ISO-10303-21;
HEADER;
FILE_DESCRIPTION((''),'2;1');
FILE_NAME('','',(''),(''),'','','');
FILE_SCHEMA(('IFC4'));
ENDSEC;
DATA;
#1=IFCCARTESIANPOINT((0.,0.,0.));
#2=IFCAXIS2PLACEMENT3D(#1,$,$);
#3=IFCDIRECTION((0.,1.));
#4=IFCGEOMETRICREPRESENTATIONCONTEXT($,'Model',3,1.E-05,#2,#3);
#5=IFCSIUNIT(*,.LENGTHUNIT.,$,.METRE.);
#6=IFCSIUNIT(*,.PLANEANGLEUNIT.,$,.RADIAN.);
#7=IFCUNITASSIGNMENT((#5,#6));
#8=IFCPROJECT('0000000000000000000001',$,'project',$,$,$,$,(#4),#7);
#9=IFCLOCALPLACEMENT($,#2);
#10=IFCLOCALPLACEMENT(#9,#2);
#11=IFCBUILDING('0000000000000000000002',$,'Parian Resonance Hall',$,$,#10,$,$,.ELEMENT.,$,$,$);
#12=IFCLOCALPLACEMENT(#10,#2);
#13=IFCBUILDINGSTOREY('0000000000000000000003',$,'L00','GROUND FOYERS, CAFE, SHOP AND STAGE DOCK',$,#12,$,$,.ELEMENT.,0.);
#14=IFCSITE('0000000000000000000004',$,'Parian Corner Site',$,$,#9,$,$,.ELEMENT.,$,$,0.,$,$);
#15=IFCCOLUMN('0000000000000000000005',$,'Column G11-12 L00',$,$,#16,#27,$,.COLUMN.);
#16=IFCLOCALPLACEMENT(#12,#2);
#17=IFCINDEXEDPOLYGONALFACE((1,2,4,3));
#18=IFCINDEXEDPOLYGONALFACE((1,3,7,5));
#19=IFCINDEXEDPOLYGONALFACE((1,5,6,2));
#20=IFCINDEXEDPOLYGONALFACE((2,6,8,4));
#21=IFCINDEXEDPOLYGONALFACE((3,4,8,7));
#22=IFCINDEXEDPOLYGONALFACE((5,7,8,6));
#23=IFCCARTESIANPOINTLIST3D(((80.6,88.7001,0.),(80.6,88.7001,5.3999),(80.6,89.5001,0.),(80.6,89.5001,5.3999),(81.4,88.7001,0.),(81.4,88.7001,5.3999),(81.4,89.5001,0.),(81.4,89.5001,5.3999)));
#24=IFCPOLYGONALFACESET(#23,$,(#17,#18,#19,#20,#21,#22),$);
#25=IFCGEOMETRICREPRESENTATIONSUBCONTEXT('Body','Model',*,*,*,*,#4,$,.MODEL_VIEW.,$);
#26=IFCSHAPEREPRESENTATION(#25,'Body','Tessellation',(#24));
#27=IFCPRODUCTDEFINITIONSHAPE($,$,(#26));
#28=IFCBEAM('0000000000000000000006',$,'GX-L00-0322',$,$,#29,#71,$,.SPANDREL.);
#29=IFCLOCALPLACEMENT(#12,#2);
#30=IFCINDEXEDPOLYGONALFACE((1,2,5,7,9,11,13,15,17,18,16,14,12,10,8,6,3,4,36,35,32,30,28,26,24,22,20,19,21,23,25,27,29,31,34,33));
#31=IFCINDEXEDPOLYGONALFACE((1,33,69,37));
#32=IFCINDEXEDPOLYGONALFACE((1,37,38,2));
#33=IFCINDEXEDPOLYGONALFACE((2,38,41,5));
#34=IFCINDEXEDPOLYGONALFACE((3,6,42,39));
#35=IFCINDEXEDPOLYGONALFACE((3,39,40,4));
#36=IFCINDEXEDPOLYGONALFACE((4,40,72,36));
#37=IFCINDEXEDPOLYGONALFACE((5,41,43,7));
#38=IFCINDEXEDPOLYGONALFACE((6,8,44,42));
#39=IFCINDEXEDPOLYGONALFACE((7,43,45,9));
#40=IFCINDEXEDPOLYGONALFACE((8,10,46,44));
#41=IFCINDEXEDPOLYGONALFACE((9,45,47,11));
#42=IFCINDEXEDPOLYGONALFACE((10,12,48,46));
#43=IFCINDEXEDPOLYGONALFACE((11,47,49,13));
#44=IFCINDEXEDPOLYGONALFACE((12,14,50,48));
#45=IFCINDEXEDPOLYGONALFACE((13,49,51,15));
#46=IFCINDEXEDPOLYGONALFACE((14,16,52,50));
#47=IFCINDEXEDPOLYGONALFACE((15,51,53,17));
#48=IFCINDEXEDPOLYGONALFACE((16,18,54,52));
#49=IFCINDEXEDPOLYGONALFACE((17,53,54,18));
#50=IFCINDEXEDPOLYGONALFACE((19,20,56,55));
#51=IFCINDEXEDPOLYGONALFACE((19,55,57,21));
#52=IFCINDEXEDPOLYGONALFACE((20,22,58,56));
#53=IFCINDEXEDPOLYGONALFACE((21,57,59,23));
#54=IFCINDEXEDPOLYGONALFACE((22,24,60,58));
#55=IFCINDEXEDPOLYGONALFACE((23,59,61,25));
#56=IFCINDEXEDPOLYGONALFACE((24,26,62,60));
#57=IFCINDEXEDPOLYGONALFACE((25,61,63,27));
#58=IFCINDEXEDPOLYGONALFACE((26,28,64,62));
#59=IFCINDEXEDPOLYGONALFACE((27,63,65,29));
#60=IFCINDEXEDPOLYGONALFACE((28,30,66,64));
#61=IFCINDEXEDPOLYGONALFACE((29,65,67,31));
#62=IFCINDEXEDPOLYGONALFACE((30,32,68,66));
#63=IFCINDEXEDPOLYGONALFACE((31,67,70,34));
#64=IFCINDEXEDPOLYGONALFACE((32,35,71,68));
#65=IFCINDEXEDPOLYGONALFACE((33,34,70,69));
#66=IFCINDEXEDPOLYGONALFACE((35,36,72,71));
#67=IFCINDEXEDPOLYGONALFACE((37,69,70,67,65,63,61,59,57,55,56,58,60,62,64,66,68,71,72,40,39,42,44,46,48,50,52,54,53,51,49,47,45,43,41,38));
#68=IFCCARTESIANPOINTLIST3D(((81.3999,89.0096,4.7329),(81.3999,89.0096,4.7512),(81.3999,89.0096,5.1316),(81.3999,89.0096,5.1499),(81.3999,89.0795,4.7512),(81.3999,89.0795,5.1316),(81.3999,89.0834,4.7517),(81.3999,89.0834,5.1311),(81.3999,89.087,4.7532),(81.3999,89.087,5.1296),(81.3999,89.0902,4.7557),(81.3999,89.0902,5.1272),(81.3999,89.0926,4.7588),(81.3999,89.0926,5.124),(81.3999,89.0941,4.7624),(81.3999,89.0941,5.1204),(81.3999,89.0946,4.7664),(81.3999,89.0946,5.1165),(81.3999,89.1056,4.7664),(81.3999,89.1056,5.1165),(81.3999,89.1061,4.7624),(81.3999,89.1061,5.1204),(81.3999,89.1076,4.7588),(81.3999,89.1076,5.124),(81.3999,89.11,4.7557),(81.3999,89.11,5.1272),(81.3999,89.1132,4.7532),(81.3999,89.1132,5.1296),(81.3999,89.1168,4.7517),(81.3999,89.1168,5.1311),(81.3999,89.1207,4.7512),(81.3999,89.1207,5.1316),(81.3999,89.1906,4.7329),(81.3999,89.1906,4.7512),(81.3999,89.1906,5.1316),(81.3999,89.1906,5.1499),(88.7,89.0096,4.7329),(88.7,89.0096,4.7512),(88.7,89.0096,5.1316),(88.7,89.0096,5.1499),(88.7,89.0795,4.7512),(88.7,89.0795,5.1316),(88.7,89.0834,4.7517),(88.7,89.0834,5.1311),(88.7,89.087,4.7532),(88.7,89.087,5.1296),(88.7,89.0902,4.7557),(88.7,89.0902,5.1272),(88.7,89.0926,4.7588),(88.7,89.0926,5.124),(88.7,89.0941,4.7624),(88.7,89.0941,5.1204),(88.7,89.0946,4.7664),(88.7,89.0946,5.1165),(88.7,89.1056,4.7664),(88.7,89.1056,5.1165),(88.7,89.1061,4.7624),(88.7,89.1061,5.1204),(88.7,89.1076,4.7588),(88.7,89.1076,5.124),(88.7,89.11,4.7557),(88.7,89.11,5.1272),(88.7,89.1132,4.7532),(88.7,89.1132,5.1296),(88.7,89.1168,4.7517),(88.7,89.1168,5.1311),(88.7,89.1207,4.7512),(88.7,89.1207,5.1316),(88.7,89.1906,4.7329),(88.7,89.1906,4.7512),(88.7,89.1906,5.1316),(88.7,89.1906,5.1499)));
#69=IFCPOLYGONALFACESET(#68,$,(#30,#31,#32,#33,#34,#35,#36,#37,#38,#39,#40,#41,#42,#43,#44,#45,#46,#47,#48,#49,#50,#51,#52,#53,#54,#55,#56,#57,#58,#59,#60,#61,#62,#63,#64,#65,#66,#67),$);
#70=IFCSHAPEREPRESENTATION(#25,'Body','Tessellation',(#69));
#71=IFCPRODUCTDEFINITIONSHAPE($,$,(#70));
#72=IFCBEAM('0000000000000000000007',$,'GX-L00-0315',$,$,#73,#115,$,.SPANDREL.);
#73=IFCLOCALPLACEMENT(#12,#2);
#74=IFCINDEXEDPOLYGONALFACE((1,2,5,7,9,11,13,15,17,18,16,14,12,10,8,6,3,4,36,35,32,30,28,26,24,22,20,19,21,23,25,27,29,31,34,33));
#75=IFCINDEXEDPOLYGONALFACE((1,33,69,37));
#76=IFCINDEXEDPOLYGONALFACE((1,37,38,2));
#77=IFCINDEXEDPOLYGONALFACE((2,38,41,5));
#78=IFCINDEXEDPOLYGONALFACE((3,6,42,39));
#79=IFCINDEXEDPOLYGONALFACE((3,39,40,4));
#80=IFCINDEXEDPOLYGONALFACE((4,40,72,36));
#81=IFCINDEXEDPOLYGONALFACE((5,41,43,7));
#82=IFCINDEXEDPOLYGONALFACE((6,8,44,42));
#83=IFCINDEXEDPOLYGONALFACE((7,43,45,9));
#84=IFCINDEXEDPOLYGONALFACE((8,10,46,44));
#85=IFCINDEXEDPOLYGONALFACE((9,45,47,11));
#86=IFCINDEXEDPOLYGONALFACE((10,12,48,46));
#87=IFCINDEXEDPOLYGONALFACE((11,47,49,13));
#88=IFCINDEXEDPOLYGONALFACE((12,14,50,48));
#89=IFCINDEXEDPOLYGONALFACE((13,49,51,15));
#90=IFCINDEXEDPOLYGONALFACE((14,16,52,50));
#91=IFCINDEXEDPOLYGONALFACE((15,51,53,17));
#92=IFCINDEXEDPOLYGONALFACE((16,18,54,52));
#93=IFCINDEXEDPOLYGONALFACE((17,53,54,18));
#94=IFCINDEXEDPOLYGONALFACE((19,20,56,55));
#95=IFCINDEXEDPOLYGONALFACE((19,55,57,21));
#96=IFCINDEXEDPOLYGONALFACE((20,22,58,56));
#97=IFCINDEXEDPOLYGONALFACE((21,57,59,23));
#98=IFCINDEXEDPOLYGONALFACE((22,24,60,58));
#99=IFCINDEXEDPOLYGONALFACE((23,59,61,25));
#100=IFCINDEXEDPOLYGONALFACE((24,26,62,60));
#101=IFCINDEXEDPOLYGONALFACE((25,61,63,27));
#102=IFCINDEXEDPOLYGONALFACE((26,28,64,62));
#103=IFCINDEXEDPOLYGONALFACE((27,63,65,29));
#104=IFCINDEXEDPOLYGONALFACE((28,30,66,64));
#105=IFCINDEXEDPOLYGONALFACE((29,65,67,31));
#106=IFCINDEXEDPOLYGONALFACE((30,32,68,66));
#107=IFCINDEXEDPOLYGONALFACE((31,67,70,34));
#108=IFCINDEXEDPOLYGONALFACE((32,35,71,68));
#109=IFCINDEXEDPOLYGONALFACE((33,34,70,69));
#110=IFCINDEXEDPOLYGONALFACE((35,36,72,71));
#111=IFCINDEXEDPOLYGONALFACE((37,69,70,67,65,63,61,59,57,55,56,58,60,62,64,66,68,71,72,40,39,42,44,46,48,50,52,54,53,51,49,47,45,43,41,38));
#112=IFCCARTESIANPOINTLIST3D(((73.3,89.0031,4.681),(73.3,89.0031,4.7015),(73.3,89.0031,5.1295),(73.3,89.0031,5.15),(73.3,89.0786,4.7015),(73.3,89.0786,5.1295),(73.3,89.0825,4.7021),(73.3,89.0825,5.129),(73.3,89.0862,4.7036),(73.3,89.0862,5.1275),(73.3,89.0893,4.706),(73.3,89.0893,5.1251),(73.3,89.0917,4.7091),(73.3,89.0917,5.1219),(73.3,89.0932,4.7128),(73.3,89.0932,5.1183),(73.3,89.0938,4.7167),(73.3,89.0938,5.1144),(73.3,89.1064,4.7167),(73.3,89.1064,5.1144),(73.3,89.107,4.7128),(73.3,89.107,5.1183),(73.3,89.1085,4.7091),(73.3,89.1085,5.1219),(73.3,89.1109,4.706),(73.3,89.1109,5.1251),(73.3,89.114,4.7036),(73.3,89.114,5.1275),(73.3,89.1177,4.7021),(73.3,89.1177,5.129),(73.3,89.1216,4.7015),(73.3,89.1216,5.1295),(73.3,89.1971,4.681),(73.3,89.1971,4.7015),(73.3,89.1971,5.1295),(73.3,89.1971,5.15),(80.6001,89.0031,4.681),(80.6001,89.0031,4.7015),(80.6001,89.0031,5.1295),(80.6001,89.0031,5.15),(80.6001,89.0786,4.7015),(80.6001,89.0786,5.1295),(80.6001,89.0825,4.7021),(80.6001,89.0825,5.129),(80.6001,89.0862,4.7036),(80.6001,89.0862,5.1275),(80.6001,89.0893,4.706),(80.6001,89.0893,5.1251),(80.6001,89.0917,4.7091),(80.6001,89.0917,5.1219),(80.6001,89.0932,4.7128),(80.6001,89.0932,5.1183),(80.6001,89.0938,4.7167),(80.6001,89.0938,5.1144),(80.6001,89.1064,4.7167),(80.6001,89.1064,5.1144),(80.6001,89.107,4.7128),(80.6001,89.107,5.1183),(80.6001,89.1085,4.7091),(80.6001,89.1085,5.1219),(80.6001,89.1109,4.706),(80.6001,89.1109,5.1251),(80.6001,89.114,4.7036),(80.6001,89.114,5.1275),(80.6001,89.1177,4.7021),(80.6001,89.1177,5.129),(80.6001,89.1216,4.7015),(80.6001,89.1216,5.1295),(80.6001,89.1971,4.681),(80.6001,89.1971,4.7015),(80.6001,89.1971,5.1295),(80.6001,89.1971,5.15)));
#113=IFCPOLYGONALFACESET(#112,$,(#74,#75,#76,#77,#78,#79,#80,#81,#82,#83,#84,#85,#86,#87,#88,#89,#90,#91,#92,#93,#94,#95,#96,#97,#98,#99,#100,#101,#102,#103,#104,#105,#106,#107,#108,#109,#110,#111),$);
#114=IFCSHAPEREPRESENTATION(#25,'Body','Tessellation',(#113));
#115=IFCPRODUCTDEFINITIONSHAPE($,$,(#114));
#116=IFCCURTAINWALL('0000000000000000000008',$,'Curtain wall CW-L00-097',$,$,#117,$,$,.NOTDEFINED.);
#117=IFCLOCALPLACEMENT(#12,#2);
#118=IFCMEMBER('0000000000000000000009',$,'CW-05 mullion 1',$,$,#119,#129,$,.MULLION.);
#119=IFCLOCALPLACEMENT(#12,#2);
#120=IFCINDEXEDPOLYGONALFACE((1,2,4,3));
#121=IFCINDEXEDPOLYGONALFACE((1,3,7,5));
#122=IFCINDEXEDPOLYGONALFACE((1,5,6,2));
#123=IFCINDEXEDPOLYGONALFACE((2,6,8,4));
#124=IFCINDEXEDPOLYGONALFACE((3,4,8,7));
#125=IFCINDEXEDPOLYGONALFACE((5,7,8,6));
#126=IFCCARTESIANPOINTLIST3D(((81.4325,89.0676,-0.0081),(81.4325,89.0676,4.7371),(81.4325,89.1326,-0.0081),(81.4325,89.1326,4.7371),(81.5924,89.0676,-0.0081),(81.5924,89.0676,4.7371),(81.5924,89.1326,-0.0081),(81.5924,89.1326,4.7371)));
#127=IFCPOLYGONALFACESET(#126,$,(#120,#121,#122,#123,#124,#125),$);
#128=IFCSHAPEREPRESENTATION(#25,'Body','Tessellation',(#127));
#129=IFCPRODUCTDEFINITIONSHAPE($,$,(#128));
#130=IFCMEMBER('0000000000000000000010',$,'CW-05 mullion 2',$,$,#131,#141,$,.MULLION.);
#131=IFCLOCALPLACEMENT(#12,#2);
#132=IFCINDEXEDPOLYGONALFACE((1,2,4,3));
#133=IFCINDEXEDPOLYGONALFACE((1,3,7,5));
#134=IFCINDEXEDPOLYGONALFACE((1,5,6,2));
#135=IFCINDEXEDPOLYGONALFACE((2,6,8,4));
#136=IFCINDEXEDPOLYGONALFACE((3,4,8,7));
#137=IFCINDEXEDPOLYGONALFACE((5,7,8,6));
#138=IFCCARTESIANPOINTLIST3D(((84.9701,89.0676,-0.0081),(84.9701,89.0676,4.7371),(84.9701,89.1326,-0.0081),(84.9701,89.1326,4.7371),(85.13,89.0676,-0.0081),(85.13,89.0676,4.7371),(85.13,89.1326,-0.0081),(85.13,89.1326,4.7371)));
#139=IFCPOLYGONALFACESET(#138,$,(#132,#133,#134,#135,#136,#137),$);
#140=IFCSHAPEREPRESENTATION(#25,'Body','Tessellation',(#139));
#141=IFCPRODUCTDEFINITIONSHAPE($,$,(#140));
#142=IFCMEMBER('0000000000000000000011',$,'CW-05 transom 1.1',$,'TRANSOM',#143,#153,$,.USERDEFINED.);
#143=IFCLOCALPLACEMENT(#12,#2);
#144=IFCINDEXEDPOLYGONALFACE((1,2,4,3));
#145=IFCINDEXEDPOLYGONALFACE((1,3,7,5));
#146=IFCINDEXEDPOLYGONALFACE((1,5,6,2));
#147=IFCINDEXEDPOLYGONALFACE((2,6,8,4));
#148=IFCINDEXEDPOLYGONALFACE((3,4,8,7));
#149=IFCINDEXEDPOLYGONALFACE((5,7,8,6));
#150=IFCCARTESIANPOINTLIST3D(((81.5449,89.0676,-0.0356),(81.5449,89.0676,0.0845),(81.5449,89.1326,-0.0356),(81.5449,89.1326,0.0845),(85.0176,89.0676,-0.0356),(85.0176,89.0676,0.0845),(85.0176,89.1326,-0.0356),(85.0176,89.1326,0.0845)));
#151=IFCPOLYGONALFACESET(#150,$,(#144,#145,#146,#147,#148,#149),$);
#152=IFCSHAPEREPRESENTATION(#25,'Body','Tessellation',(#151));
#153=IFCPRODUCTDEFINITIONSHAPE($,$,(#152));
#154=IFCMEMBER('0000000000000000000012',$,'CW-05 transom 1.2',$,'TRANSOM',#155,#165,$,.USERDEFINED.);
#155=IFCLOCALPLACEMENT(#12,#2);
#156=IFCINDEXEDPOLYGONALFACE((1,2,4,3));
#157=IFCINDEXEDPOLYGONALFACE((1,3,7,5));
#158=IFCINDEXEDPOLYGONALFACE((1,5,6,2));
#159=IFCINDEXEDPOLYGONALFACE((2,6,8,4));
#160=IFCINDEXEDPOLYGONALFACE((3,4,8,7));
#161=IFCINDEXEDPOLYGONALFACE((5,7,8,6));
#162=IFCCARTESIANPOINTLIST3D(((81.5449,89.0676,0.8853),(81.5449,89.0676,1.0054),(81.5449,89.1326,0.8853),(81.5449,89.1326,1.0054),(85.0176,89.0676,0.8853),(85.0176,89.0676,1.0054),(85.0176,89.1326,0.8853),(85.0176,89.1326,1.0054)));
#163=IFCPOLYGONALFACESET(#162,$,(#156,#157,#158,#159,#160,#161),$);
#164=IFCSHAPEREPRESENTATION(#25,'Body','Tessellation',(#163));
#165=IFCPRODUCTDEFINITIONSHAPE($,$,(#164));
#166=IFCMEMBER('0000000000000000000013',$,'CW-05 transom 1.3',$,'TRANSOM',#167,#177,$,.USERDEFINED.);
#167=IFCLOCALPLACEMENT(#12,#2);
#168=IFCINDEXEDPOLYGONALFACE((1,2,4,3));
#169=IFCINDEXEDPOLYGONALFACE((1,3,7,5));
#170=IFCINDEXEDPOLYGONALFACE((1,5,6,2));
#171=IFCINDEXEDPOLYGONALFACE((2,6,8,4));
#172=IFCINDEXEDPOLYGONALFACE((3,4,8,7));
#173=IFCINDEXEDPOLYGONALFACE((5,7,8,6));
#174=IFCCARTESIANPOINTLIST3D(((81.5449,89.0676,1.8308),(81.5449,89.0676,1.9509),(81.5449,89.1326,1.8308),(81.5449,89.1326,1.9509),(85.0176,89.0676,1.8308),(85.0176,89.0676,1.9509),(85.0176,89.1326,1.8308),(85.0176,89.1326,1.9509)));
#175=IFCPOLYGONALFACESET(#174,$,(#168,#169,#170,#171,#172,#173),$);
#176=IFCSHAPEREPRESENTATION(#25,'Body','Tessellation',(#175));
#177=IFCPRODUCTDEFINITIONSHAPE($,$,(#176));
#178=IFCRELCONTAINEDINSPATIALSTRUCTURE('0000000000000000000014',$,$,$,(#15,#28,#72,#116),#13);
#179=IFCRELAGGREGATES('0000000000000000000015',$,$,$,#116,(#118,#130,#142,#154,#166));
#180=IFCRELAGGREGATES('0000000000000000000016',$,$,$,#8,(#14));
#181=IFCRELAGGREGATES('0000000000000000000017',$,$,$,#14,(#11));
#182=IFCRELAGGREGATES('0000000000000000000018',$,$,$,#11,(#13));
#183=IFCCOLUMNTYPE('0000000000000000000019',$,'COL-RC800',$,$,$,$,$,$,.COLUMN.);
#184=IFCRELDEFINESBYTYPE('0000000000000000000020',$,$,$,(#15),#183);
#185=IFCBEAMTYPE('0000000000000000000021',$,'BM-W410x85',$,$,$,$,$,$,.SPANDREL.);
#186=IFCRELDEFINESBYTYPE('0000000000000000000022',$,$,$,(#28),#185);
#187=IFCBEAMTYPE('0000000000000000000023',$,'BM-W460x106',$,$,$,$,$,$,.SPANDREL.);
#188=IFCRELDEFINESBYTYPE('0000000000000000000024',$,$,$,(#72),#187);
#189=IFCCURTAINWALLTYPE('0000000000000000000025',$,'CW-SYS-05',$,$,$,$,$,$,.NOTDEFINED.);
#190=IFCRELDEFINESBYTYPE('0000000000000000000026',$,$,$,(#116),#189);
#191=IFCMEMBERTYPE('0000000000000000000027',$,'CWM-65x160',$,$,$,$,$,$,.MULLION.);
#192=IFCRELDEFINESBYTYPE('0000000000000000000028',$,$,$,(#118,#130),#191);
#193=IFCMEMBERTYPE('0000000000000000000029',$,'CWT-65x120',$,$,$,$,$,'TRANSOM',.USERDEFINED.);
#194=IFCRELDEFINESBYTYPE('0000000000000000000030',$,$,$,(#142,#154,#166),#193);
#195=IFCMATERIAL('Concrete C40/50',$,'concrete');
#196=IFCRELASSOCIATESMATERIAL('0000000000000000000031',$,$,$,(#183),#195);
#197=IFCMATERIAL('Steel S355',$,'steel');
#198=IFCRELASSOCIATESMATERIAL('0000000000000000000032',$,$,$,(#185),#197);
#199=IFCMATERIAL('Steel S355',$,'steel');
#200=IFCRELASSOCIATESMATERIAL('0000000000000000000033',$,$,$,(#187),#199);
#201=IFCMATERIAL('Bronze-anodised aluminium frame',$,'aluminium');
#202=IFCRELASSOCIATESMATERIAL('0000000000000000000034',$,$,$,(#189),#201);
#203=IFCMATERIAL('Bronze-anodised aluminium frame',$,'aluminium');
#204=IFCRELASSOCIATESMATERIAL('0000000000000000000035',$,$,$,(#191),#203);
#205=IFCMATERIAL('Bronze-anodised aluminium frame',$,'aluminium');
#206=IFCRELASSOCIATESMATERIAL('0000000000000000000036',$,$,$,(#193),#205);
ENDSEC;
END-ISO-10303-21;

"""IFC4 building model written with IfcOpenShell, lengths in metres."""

from ifc_helpers import new_model, si_unit, direction, frame, origin, origin_2d, place, context, subcontext, project, spatial, rectangle, i_section, extrude, material, material_profile, profile_set, type_object, element, aggregate, save


model = new_model("IFC4")

# Units and contexts
model_context = context("Model", 3, precision=1e-05, world=origin(), true_north=direction((0.0, 1.0)))
body_context = subcontext(model_context, "Body", "Model", "MODEL_VIEW")
ifc_project = project(units=[si_unit("LENGTHUNIT", "METRE"), si_unit("PLANEANGLEUNIT", "RADIAN")], contexts=[model_context])

# Site, building, storey
site_placement = place(None, origin())
site = spatial("IfcSite", under=ifc_project, at=site_placement, Name="Parian Corner Site", CompositionType="ELEMENT", RefElevation=0.0)
building_placement = place(site_placement, origin())
building = spatial("IfcBuilding", under=site, at=building_placement, Name="Parian Resonance Hall", CompositionType="ELEMENT")
storey_placement = place(building_placement, origin())
storey = spatial("IfcBuildingStorey", under=building, at=storey_placement, Name="L00", Description="GROUND FOYERS, CAFE, SHOP AND STAGE DOCK", CompositionType="ELEMENT", Elevation=0.0)

# Column
ifc_material_1 = material(Name="Concrete C40/50", Category="concrete")
ifc_material_profile_1 = material_profile(ifc_material_1, rectangle(XDim=0.8, YDim=0.8, at=origin_2d()), Name="RC-COL-800x800")
ifc_profile_set_1 = profile_set([ifc_material_profile_1], Name="Concrete C40/50")
column_type = type_object("IfcColumnType", Name="COL-RC800", PredefinedType="COLUMN", material=ifc_profile_set_1)
column_placement = place(storey_placement, frame((81.0, 89.1001, 0.0), z_axis=(0.0, 0.0, 1.0), x_axis=(1.0, 0.0, 0.0)))
element("IfcColumn", 1, at=column_placement, inside=storey, type_object=column_type, Name="Column G11-12 L00", PredefinedType="COLUMN", context=body_context, shape_type="SweptSolid", body=[
    extrude(rectangle(XDim=0.8, YDim=0.8, at=origin_2d()), origin(), (0.0, 0.0, 1.0), 5.3999),
])

# Beams
ifc_material_2 = material(Name="Steel S355", Category="steel")
ifc_material_profile_2 = material_profile(ifc_material_2, i_section(OverallWidth=0.1809, OverallDepth=0.417, WebThickness=0.011, FlangeThickness=0.0183, FilletRadius=0.0151, at=origin_2d()), Name="W410x85")
ifc_profile_set_2 = profile_set([ifc_material_profile_2], Name="Steel S355")
beam_type_1 = type_object("IfcBeamType", Name="BM-W410x85", PredefinedType="SPANDREL", material=ifc_profile_set_2)
beam_1_placement = place(storey_placement, frame((81.3999, 89.1001, 4.9414), z_axis=(1.0, 0.0, 0.0), x_axis=(0.0, 1.0, 0.0)))
element("IfcBeam", 2, at=beam_1_placement, inside=storey, type_object=beam_type_1, Name="GX-L00-0322", PredefinedType="SPANDREL", context=body_context, shape_type="SweptSolid", body=[
    extrude(i_section(OverallWidth=0.1809, OverallDepth=0.417, WebThickness=0.011, FlangeThickness=0.0183, FilletRadius=0.0151, at=origin_2d()), origin(), (0.0, 0.0, 1.0), 7.3),
])
ifc_material_3 = material(Name="Steel S355", Category="steel")
ifc_material_profile_3 = material_profile(ifc_material_3, i_section(OverallWidth=0.1941, OverallDepth=0.469, WebThickness=0.0127, FlangeThickness=0.0205, FilletRadius=0.0151, at=origin_2d()), Name="W460x106")
ifc_profile_set_3 = profile_set([ifc_material_profile_3], Name="Steel S355")
beam_type_2 = type_object("IfcBeamType", Name="BM-W460x106", PredefinedType="SPANDREL", material=ifc_profile_set_3)
beam_2_placement = place(storey_placement, frame((73.3, 89.1001, 4.9155), z_axis=(1.0, 0.0, 0.0), x_axis=(0.0, 1.0, 0.0)))
element("IfcBeam", 3, at=beam_2_placement, inside=storey, type_object=beam_type_2, Name="GX-L00-0315", PredefinedType="SPANDREL", context=body_context, shape_type="SweptSolid", body=[
    extrude(i_section(OverallWidth=0.1941, OverallDepth=0.469, WebThickness=0.0127, FlangeThickness=0.0205, FilletRadius=0.0151, at=origin_2d()), origin(), (0.0, 0.0, 1.0), 7.3),
])

# Curtain wall, members
ifc_material_4 = material(Name="Bronze-anodised aluminium frame", Category="aluminium")
curtain_wall_type = type_object("IfcCurtainWallType", Name="CW-SYS-05", PredefinedType="NOTDEFINED", material=ifc_material_4)
curtain_wall_placement = place(storey_placement, origin())
curtain_wall = element("IfcCurtainWall", 4, at=curtain_wall_placement, inside=storey, type_object=curtain_wall_type, Name="Curtain wall CW-L00-097", PredefinedType="NOTDEFINED")
ifc_material_5 = material(Name="Bronze-anodised aluminium frame", Category="aluminium")
ifc_material_profile_4 = material_profile(ifc_material_5, rectangle(XDim=0.0649, YDim=0.1599, at=origin_2d()), Name="CWM-65x160")
ifc_profile_set_4 = profile_set([ifc_material_profile_4], Name="Bronze-anodised aluminium frame")
member_type_1 = type_object("IfcMemberType", Name="CWM-65x160", PredefinedType="MULLION", material=ifc_profile_set_4)
member_1_placement = place(storey_placement, frame((81.5125, 89.1001, -0.0081), z_axis=(0.0, 0.0, 1.0), x_axis=(0.0, 1.0, 0.0)))
member_1 = element("IfcMember", 5, at=member_1_placement, type_object=member_type_1, Name="CW-05 mullion 1", PredefinedType="MULLION", context=body_context, shape_type="SweptSolid", body=[
    extrude(rectangle(XDim=0.0649, YDim=0.1599, at=origin_2d()), origin(), (0.0, 0.0, 1.0), 4.7451),
])
member_2_placement = place(storey_placement, frame((85.05, 89.1001, -0.0081), z_axis=(0.0, 0.0, 1.0), x_axis=(0.0, 1.0, 0.0)))
member_2 = element("IfcMember", 6, at=member_2_placement, type_object=member_type_1, Name="CW-05 mullion 2", PredefinedType="MULLION", context=body_context, shape_type="SweptSolid", body=[
    extrude(rectangle(XDim=0.0649, YDim=0.1599, at=origin_2d()), origin(), (0.0, 0.0, 1.0), 4.7451),
])
ifc_material_6 = material(Name="Bronze-anodised aluminium frame", Category="aluminium")
ifc_material_profile_5 = material_profile(ifc_material_6, rectangle(XDim=0.0649, YDim=0.1201, at=origin_2d()), Name="CWT-65x120")
ifc_profile_set_5 = profile_set([ifc_material_profile_5], Name="Bronze-anodised aluminium frame")
member_type_2 = type_object("IfcMemberType", Name="CWT-65x120", ElementType="TRANSOM", PredefinedType="USERDEFINED", material=ifc_profile_set_5)
member_3_placement = place(storey_placement, frame((81.5449, 89.1001, 0.0244), z_axis=(1.0, 0.0, 0.0), x_axis=(0.0, 1.0, 0.0)))
member_3 = element("IfcMember", 7, at=member_3_placement, type_object=member_type_2, Name="CW-05 transom 1.1", ObjectType="TRANSOM", PredefinedType="USERDEFINED", context=body_context, shape_type="SweptSolid", body=[
    extrude(rectangle(XDim=0.0649, YDim=0.1201, at=origin_2d()), origin(), (0.0, 0.0, 1.0), 3.4727),
])
member_4_placement = place(storey_placement, frame((81.5449, 89.1001, 0.9453), z_axis=(1.0, 0.0, 0.0), x_axis=(0.0, 1.0, 0.0)))
member_4 = element("IfcMember", 8, at=member_4_placement, type_object=member_type_2, Name="CW-05 transom 1.2", ObjectType="TRANSOM", PredefinedType="USERDEFINED", context=body_context, shape_type="SweptSolid", body=[
    extrude(rectangle(XDim=0.0649, YDim=0.1201, at=origin_2d()), origin(), (0.0, 0.0, 1.0), 3.4727),
])
member_5_placement = place(storey_placement, frame((81.5449, 89.1001, 1.8909), z_axis=(1.0, 0.0, 0.0), x_axis=(0.0, 1.0, 0.0)))
member_5 = element("IfcMember", 9, at=member_5_placement, type_object=member_type_2, Name="CW-05 transom 1.3", ObjectType="TRANSOM", PredefinedType="USERDEFINED", context=body_context, shape_type="SweptSolid", body=[
    extrude(rectangle(XDim=0.0649, YDim=0.1201, at=origin_2d()), origin(), (0.0, 0.0, 1.0), 3.4727),
])
aggregate(curtain_wall, [member_1, member_2, member_3, member_4, member_5])

save(model, "model.ifc")
